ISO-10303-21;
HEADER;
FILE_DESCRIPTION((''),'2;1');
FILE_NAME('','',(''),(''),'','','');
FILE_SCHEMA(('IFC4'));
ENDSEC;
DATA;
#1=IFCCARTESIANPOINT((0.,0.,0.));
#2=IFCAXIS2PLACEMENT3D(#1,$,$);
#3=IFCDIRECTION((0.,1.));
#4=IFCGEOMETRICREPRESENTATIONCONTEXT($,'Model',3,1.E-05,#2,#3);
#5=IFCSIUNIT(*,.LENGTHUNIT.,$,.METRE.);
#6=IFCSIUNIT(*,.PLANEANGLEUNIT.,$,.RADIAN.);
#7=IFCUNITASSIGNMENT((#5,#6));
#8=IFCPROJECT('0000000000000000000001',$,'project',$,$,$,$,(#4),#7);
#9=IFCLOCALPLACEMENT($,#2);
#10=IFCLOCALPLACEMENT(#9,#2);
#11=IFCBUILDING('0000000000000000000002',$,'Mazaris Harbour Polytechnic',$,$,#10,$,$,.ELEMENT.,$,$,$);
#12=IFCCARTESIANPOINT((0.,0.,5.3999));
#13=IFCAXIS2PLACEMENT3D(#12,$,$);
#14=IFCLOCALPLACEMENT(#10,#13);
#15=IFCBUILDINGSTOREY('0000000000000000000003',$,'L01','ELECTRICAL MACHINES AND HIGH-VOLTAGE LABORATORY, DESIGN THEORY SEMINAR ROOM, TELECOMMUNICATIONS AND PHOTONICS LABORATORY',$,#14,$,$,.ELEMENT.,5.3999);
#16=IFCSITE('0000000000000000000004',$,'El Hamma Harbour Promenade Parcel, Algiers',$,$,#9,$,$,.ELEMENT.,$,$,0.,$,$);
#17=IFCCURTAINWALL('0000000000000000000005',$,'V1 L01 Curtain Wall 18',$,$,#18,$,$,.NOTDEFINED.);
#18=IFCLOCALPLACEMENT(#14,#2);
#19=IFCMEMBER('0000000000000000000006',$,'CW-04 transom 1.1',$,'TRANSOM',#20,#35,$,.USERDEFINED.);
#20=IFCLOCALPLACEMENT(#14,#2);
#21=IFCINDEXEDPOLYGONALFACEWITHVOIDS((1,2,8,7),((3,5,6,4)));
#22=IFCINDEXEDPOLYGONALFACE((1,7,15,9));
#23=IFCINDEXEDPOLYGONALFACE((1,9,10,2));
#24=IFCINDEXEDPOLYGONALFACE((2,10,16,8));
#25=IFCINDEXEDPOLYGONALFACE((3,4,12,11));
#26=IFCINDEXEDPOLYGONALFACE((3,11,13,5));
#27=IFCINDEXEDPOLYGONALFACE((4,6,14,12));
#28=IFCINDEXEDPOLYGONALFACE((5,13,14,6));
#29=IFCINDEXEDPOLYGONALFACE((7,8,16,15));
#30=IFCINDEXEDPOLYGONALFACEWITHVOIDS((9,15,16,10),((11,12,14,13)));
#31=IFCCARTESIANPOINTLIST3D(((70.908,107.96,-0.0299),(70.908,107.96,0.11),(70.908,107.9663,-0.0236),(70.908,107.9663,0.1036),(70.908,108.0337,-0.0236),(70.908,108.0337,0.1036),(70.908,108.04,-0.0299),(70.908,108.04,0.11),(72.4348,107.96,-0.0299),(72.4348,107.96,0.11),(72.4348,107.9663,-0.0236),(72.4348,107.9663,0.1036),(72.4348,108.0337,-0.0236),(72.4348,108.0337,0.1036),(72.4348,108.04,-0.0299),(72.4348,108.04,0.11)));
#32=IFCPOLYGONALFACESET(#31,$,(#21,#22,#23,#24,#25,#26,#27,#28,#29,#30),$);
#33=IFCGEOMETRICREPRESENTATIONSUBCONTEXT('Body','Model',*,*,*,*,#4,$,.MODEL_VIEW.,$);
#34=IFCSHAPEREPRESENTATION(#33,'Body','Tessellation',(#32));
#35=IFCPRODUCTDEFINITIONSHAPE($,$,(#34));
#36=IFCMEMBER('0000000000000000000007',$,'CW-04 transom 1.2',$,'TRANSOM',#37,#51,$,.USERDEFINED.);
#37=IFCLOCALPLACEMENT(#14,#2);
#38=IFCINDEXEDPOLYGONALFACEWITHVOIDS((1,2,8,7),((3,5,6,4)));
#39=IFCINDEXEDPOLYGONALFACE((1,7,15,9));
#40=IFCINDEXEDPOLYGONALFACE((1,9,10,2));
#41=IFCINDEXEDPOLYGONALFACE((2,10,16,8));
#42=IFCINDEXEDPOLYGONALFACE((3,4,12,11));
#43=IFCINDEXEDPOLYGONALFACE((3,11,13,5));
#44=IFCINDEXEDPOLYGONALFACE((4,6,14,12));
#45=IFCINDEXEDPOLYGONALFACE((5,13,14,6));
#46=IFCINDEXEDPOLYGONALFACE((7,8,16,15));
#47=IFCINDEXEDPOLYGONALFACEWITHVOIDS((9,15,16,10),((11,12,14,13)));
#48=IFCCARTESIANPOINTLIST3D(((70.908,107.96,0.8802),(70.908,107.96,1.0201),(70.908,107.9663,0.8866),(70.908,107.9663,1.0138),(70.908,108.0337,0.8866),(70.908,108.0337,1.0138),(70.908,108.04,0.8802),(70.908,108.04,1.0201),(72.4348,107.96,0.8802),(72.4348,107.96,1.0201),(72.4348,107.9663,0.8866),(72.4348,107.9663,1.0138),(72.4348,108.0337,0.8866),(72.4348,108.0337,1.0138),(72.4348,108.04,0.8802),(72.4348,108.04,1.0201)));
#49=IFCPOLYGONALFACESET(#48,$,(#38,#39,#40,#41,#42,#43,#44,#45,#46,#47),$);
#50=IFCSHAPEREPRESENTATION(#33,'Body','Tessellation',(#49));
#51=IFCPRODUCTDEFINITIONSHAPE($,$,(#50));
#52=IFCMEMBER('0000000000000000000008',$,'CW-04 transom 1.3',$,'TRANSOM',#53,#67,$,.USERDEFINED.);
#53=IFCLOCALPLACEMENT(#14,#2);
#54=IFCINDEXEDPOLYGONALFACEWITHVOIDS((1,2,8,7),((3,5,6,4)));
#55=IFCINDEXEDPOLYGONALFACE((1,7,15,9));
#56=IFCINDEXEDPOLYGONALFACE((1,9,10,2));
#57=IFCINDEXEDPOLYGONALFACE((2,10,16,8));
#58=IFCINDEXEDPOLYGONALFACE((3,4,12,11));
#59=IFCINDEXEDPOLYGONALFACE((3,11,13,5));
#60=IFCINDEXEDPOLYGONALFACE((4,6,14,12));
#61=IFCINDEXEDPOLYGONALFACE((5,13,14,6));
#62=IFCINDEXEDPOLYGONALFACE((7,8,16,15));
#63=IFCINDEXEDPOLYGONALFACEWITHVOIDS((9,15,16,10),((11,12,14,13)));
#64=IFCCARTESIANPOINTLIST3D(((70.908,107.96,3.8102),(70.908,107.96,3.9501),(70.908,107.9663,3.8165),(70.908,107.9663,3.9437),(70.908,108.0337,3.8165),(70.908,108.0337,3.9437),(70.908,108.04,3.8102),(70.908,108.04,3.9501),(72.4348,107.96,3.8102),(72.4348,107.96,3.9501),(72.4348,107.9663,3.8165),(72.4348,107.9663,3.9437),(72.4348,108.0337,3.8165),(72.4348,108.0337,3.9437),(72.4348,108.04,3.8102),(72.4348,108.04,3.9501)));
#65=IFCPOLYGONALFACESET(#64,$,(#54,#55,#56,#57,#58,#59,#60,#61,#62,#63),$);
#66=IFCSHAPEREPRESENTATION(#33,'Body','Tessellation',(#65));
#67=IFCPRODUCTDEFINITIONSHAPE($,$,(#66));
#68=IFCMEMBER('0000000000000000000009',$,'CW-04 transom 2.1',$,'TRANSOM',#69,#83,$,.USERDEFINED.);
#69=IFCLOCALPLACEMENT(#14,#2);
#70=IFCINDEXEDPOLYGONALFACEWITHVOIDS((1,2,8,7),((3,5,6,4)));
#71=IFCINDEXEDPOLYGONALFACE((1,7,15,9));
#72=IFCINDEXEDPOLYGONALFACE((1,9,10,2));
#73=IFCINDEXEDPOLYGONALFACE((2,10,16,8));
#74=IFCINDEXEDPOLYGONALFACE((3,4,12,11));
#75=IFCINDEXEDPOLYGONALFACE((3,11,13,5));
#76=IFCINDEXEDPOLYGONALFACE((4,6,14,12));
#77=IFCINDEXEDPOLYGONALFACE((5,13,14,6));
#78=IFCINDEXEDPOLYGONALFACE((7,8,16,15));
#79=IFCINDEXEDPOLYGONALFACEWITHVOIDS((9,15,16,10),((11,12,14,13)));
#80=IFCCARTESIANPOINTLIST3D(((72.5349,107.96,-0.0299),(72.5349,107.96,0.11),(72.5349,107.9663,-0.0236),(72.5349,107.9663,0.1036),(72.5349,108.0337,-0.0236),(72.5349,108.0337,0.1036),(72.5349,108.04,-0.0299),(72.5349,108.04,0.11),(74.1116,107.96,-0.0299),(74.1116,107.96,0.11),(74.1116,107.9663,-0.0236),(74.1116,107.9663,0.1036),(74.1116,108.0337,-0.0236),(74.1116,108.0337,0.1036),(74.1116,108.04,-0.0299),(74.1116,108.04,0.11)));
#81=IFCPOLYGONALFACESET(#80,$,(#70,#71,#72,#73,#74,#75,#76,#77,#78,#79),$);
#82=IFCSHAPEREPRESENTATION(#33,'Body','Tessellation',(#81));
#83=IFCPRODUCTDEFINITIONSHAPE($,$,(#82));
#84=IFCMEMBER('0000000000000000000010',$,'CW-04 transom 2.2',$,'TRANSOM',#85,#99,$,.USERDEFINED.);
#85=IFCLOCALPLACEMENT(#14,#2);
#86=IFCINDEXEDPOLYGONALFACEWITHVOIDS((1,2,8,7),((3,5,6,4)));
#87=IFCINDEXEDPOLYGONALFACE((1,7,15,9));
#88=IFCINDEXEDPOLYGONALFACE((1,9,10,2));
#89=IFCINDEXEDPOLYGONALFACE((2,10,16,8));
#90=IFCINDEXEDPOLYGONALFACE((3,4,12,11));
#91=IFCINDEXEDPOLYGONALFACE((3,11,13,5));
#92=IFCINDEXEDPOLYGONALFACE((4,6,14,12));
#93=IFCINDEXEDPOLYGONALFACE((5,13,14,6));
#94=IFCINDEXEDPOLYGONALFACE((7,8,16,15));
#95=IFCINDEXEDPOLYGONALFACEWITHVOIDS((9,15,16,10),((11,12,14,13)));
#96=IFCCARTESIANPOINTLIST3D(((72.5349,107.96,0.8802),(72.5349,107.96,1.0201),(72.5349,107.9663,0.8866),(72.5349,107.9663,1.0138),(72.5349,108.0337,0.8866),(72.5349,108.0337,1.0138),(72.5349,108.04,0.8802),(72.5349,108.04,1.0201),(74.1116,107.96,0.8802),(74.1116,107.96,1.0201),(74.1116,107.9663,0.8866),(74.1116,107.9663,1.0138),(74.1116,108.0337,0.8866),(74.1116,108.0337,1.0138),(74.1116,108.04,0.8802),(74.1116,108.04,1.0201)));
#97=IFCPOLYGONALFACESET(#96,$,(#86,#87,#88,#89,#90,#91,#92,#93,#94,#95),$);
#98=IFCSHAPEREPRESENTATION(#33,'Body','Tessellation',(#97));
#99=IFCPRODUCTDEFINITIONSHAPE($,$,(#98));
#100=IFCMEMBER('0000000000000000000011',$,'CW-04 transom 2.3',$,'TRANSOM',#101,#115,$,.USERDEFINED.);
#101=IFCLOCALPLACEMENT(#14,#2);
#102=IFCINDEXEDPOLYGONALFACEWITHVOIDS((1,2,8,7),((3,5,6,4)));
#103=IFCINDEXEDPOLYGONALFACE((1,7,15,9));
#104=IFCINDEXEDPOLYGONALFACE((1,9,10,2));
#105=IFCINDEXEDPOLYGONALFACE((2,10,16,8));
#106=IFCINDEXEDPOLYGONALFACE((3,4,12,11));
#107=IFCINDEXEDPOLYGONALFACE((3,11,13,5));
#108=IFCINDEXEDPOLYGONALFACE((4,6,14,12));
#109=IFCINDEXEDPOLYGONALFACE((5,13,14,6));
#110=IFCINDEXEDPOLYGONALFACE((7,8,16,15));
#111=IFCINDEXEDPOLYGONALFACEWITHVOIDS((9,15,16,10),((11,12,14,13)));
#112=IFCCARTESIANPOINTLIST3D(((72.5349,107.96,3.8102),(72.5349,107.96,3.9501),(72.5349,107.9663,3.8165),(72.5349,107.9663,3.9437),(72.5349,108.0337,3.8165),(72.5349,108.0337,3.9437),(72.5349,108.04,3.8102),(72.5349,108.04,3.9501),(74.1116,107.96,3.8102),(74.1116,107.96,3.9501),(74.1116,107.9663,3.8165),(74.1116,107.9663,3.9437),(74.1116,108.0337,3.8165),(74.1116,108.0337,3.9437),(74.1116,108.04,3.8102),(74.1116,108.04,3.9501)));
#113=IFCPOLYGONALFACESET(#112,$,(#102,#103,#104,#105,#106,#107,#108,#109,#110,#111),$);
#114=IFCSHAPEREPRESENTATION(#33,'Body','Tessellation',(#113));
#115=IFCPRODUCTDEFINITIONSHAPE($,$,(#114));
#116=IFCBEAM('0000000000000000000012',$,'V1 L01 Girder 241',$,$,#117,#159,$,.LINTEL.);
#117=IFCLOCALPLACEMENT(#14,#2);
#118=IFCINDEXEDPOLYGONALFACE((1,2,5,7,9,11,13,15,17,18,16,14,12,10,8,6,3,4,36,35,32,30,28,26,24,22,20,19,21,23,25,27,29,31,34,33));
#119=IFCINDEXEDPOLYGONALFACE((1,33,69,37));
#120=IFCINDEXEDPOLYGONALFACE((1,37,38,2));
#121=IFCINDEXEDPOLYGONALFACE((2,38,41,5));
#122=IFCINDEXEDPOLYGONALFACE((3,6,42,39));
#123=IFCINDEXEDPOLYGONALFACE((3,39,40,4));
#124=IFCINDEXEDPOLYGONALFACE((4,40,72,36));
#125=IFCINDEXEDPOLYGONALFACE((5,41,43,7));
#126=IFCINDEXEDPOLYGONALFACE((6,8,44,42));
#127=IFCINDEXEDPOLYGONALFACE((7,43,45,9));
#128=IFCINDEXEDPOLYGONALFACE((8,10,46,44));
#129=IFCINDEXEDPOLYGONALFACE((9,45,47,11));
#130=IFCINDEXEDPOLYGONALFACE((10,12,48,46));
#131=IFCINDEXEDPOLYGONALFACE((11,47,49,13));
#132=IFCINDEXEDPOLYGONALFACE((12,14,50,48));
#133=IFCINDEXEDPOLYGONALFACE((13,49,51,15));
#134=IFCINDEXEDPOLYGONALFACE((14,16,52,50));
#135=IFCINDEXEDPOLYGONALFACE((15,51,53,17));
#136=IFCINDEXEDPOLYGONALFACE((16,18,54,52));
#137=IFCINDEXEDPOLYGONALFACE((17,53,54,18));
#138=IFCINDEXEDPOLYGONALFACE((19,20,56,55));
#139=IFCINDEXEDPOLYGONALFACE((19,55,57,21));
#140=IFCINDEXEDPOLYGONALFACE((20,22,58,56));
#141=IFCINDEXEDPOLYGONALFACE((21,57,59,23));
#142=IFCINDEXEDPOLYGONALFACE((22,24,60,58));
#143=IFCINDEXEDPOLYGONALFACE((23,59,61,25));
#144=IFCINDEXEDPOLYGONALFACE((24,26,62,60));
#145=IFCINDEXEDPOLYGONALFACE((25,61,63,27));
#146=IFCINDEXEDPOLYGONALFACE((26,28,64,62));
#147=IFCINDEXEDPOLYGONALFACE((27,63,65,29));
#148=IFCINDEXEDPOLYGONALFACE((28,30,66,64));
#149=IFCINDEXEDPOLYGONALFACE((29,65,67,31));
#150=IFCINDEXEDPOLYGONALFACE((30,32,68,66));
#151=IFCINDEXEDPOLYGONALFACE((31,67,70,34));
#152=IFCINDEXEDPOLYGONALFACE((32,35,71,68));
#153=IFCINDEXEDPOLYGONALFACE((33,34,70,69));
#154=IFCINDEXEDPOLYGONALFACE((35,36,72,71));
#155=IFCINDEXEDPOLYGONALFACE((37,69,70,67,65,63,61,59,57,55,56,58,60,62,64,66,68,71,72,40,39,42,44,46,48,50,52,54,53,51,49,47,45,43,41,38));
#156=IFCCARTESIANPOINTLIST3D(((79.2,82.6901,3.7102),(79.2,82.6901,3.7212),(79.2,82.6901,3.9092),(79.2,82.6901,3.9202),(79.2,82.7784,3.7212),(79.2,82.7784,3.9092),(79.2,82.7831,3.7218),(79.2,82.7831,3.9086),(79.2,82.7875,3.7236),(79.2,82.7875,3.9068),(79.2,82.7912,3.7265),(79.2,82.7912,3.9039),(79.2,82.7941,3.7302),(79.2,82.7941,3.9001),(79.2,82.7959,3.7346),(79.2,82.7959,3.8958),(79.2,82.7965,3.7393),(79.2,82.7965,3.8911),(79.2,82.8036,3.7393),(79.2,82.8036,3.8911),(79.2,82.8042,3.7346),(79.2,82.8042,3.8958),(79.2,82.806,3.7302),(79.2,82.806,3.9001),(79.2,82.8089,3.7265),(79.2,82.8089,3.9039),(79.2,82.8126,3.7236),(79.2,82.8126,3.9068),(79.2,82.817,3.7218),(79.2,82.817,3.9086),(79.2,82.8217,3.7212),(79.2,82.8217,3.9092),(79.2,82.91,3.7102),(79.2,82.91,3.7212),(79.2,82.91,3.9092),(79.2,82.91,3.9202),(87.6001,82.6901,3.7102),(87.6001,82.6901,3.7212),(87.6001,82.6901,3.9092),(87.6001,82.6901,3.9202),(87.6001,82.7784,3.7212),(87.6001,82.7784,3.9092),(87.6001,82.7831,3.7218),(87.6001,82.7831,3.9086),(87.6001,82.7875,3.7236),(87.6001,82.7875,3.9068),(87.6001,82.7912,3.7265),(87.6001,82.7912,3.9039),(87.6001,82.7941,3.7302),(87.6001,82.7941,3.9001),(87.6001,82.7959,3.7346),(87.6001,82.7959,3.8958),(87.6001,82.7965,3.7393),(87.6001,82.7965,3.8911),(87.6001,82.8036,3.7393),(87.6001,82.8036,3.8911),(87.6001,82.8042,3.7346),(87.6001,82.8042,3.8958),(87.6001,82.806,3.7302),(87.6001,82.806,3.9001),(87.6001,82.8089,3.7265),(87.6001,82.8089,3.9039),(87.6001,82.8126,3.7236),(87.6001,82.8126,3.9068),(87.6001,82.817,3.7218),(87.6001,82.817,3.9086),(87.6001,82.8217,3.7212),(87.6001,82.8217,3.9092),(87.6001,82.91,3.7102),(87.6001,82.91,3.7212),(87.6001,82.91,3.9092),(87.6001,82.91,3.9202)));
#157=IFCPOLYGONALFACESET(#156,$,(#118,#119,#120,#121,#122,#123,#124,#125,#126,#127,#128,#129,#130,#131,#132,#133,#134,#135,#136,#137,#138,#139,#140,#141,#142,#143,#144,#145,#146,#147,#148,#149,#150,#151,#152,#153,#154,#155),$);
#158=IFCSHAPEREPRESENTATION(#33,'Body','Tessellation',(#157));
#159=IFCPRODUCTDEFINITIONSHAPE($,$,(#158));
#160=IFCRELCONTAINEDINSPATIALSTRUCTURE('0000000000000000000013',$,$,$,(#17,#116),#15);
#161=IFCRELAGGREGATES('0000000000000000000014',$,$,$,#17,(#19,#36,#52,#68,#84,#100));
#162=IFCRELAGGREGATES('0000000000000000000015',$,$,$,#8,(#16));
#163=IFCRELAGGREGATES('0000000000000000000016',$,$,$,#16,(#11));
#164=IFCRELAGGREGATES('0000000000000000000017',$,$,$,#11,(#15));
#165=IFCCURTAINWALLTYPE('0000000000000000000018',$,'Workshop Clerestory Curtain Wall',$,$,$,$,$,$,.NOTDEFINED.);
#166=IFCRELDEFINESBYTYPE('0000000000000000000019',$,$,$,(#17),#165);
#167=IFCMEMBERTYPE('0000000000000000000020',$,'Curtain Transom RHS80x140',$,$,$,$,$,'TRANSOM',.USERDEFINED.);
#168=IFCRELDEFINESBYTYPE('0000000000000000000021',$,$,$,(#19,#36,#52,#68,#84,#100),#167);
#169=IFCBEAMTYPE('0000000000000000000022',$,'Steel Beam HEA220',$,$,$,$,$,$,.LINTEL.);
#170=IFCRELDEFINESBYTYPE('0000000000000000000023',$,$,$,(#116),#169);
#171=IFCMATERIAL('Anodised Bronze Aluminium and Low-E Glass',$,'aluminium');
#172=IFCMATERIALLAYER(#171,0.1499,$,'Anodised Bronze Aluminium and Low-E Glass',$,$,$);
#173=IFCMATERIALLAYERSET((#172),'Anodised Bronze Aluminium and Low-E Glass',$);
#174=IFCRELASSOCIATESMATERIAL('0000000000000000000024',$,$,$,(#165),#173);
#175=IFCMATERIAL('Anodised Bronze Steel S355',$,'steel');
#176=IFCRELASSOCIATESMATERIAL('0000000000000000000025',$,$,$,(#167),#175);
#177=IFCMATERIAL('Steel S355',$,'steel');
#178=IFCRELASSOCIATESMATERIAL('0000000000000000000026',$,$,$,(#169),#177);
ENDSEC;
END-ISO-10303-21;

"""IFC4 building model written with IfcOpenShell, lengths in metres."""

from ifc_helpers import new_model, si_unit, direction, frame, origin, origin_2d, place, context, subcontext, project, spatial, hollow_rectangle, i_section, extrude, material, layer, layer_set, material_profile, profile_set, type_object, element, aggregate, save


model = new_model("IFC4")

# Units and contexts
model_context = context("Model", 3, precision=1e-05, world=origin(), true_north=direction((0.0, 1.0)))
body_context = subcontext(model_context, "Body", "Model", "MODEL_VIEW")
ifc_project = project(units=[si_unit("LENGTHUNIT", "METRE"), si_unit("PLANEANGLEUNIT", "RADIAN")], contexts=[model_context])

# Site, building, storey
site_placement = place(None, origin())
site = spatial("IfcSite", under=ifc_project, at=site_placement, Name="El Hamma Harbour Promenade Parcel, Algiers", CompositionType="ELEMENT", RefElevation=0.0)
building_placement = place(site_placement, origin())
building = spatial("IfcBuilding", under=site, at=building_placement, Name="Mazaris Harbour Polytechnic", CompositionType="ELEMENT")
storey_placement = place(building_placement, frame((0.0, 0.0, 5.3999)))
storey = spatial("IfcBuildingStorey", under=building, at=storey_placement, Name="L01", Description="ELECTRICAL MACHINES AND HIGH-VOLTAGE LABORATORY, DESIGN THEORY SEMINAR ROOM, TELECOMMUNICATIONS AND PHOTONICS LABORATORY", CompositionType="ELEMENT", Elevation=5.3999)

# Curtain wall, members
ifc_material_1 = material(Name="Anodised Bronze Aluminium and Low-E Glass", Category="aluminium")
ifc_layer_1 = layer(ifc_material_1, 0.1499, Name="Anodised Bronze Aluminium and Low-E Glass")
ifc_layer_set_1 = layer_set([ifc_layer_1], Name="Anodised Bronze Aluminium and Low-E Glass")
curtain_wall_type = type_object("IfcCurtainWallType", Name="Workshop Clerestory Curtain Wall", PredefinedType="NOTDEFINED", material=ifc_layer_set_1)
curtain_wall_placement = place(storey_placement, origin())
curtain_wall = element("IfcCurtainWall", 1, at=curtain_wall_placement, inside=storey, type_object=curtain_wall_type, Name="V1 L01 Curtain Wall 18", PredefinedType="NOTDEFINED")
ifc_material_2 = material(Name="Anodised Bronze Steel S355", Category="steel")
ifc_material_profile_1 = material_profile(ifc_material_2, hollow_rectangle(XDim=0.0801, YDim=0.1399, WallThickness=0.0063, at=origin_2d()), Name="RHS 80x140x6.3")
ifc_profile_set_1 = profile_set([ifc_material_profile_1], Name="Anodised Bronze Steel S355")
member_type_1 = type_object("IfcMemberType", Name="Curtain Transom RHS80x140", ElementType="TRANSOM", PredefinedType="USERDEFINED", material=ifc_profile_set_1)
member_1_placement = place(storey_placement, frame((70.908, 108.0, 0.04), z_axis=(1.0, 0.0, 0.0), x_axis=(0.0, 1.0, 0.0)))
member_1 = element("IfcMember", 2, at=member_1_placement, type_object=member_type_1, Name="CW-04 transom 1.1", ObjectType="TRANSOM", PredefinedType="USERDEFINED", context=body_context, shape_type="SweptSolid", body=[
    extrude(hollow_rectangle(XDim=0.0801, YDim=0.1399, WallThickness=0.0063, at=origin_2d()), origin(), (0.0, 0.0, 1.0), 1.5269),
])
member_2_placement = place(storey_placement, frame((70.908, 108.0, 0.9502), z_axis=(1.0, 0.0, 0.0), x_axis=(0.0, 1.0, 0.0)))
member_2 = element("IfcMember", 3, at=member_2_placement, type_object=member_type_1, Name="CW-04 transom 1.2", ObjectType="TRANSOM", PredefinedType="USERDEFINED", context=body_context, shape_type="SweptSolid", body=[
    extrude(hollow_rectangle(XDim=0.0801, YDim=0.1399, WallThickness=0.0063, at=origin_2d()), origin(), (0.0, 0.0, 1.0), 1.5269),
])
member_3_placement = place(storey_placement, frame((70.908, 108.0, 3.8801), z_axis=(1.0, 0.0, 0.0), x_axis=(0.0, 1.0, 0.0)))
member_3 = element("IfcMember", 4, at=member_3_placement, type_object=member_type_1, Name="CW-04 transom 1.3", ObjectType="TRANSOM", PredefinedType="USERDEFINED", context=body_context, shape_type="SweptSolid", body=[
    extrude(hollow_rectangle(XDim=0.0801, YDim=0.1399, WallThickness=0.0063, at=origin_2d()), origin(), (0.0, 0.0, 1.0), 1.5269),
])
member_4_placement = place(storey_placement, frame((72.5349, 108.0, 0.04), z_axis=(1.0, 0.0, 0.0), x_axis=(0.0, 1.0, 0.0)))
member_4 = element("IfcMember", 5, at=member_4_placement, type_object=member_type_1, Name="CW-04 transom 2.1", ObjectType="TRANSOM", PredefinedType="USERDEFINED", context=body_context, shape_type="SweptSolid", body=[
    extrude(hollow_rectangle(XDim=0.0801, YDim=0.1399, WallThickness=0.0063, at=origin_2d()), origin(), (0.0, 0.0, 1.0), 1.5767),
])
member_5_placement = place(storey_placement, frame((72.5349, 108.0, 0.9502), z_axis=(1.0, 0.0, 0.0), x_axis=(0.0, 1.0, 0.0)))
member_5 = element("IfcMember", 6, at=member_5_placement, type_object=member_type_1, Name="CW-04 transom 2.2", ObjectType="TRANSOM", PredefinedType="USERDEFINED", context=body_context, shape_type="SweptSolid", body=[
    extrude(hollow_rectangle(XDim=0.0801, YDim=0.1399, WallThickness=0.0063, at=origin_2d()), origin(), (0.0, 0.0, 1.0), 1.5767),
])
member_6_placement = place(storey_placement, frame((72.5349, 108.0, 3.8801), z_axis=(1.0, 0.0, 0.0), x_axis=(0.0, 1.0, 0.0)))
member_6 = element("IfcMember", 7, at=member_6_placement, type_object=member_type_1, Name="CW-04 transom 2.3", ObjectType="TRANSOM", PredefinedType="USERDEFINED", context=body_context, shape_type="SweptSolid", body=[
    extrude(hollow_rectangle(XDim=0.0801, YDim=0.1399, WallThickness=0.0063, at=origin_2d()), origin(), (0.0, 0.0, 1.0), 1.5767),
])

# Beam
ifc_material_3 = material(Name="Steel S355", Category="steel")
ifc_material_profile_2 = material_profile(ifc_material_3, i_section(OverallWidth=0.22, OverallDepth=0.21, WebThickness=0.0071, FlangeThickness=0.011, FilletRadius=0.0181, at=origin_2d()), Name="HEA 220")
ifc_profile_set_2 = profile_set([ifc_material_profile_2], Name="Steel S355")
beam_type_1 = type_object("IfcBeamType", Name="Steel Beam HEA220", PredefinedType="LINTEL", material=ifc_profile_set_2)
beam_1_placement = place(storey_placement, frame((79.2, 82.8, 3.8152), z_axis=(1.0, 0.0, 0.0), x_axis=(0.0, 1.0, 0.0)))
element("IfcBeam", 8, at=beam_1_placement, inside=storey, type_object=beam_type_1, Name="V1 L01 Girder 241", PredefinedType="LINTEL", context=body_context, shape_type="SweptSolid", body=[
    extrude(i_section(OverallWidth=0.22, OverallDepth=0.21, WebThickness=0.0071, FlangeThickness=0.011, FilletRadius=0.0181, at=origin_2d()), origin(), (0.0, 0.0, 1.0), 8.4001),
])

aggregate(curtain_wall, [member_1, member_2, member_3, member_4, member_5, member_6])

save(model, "model.ifc")
